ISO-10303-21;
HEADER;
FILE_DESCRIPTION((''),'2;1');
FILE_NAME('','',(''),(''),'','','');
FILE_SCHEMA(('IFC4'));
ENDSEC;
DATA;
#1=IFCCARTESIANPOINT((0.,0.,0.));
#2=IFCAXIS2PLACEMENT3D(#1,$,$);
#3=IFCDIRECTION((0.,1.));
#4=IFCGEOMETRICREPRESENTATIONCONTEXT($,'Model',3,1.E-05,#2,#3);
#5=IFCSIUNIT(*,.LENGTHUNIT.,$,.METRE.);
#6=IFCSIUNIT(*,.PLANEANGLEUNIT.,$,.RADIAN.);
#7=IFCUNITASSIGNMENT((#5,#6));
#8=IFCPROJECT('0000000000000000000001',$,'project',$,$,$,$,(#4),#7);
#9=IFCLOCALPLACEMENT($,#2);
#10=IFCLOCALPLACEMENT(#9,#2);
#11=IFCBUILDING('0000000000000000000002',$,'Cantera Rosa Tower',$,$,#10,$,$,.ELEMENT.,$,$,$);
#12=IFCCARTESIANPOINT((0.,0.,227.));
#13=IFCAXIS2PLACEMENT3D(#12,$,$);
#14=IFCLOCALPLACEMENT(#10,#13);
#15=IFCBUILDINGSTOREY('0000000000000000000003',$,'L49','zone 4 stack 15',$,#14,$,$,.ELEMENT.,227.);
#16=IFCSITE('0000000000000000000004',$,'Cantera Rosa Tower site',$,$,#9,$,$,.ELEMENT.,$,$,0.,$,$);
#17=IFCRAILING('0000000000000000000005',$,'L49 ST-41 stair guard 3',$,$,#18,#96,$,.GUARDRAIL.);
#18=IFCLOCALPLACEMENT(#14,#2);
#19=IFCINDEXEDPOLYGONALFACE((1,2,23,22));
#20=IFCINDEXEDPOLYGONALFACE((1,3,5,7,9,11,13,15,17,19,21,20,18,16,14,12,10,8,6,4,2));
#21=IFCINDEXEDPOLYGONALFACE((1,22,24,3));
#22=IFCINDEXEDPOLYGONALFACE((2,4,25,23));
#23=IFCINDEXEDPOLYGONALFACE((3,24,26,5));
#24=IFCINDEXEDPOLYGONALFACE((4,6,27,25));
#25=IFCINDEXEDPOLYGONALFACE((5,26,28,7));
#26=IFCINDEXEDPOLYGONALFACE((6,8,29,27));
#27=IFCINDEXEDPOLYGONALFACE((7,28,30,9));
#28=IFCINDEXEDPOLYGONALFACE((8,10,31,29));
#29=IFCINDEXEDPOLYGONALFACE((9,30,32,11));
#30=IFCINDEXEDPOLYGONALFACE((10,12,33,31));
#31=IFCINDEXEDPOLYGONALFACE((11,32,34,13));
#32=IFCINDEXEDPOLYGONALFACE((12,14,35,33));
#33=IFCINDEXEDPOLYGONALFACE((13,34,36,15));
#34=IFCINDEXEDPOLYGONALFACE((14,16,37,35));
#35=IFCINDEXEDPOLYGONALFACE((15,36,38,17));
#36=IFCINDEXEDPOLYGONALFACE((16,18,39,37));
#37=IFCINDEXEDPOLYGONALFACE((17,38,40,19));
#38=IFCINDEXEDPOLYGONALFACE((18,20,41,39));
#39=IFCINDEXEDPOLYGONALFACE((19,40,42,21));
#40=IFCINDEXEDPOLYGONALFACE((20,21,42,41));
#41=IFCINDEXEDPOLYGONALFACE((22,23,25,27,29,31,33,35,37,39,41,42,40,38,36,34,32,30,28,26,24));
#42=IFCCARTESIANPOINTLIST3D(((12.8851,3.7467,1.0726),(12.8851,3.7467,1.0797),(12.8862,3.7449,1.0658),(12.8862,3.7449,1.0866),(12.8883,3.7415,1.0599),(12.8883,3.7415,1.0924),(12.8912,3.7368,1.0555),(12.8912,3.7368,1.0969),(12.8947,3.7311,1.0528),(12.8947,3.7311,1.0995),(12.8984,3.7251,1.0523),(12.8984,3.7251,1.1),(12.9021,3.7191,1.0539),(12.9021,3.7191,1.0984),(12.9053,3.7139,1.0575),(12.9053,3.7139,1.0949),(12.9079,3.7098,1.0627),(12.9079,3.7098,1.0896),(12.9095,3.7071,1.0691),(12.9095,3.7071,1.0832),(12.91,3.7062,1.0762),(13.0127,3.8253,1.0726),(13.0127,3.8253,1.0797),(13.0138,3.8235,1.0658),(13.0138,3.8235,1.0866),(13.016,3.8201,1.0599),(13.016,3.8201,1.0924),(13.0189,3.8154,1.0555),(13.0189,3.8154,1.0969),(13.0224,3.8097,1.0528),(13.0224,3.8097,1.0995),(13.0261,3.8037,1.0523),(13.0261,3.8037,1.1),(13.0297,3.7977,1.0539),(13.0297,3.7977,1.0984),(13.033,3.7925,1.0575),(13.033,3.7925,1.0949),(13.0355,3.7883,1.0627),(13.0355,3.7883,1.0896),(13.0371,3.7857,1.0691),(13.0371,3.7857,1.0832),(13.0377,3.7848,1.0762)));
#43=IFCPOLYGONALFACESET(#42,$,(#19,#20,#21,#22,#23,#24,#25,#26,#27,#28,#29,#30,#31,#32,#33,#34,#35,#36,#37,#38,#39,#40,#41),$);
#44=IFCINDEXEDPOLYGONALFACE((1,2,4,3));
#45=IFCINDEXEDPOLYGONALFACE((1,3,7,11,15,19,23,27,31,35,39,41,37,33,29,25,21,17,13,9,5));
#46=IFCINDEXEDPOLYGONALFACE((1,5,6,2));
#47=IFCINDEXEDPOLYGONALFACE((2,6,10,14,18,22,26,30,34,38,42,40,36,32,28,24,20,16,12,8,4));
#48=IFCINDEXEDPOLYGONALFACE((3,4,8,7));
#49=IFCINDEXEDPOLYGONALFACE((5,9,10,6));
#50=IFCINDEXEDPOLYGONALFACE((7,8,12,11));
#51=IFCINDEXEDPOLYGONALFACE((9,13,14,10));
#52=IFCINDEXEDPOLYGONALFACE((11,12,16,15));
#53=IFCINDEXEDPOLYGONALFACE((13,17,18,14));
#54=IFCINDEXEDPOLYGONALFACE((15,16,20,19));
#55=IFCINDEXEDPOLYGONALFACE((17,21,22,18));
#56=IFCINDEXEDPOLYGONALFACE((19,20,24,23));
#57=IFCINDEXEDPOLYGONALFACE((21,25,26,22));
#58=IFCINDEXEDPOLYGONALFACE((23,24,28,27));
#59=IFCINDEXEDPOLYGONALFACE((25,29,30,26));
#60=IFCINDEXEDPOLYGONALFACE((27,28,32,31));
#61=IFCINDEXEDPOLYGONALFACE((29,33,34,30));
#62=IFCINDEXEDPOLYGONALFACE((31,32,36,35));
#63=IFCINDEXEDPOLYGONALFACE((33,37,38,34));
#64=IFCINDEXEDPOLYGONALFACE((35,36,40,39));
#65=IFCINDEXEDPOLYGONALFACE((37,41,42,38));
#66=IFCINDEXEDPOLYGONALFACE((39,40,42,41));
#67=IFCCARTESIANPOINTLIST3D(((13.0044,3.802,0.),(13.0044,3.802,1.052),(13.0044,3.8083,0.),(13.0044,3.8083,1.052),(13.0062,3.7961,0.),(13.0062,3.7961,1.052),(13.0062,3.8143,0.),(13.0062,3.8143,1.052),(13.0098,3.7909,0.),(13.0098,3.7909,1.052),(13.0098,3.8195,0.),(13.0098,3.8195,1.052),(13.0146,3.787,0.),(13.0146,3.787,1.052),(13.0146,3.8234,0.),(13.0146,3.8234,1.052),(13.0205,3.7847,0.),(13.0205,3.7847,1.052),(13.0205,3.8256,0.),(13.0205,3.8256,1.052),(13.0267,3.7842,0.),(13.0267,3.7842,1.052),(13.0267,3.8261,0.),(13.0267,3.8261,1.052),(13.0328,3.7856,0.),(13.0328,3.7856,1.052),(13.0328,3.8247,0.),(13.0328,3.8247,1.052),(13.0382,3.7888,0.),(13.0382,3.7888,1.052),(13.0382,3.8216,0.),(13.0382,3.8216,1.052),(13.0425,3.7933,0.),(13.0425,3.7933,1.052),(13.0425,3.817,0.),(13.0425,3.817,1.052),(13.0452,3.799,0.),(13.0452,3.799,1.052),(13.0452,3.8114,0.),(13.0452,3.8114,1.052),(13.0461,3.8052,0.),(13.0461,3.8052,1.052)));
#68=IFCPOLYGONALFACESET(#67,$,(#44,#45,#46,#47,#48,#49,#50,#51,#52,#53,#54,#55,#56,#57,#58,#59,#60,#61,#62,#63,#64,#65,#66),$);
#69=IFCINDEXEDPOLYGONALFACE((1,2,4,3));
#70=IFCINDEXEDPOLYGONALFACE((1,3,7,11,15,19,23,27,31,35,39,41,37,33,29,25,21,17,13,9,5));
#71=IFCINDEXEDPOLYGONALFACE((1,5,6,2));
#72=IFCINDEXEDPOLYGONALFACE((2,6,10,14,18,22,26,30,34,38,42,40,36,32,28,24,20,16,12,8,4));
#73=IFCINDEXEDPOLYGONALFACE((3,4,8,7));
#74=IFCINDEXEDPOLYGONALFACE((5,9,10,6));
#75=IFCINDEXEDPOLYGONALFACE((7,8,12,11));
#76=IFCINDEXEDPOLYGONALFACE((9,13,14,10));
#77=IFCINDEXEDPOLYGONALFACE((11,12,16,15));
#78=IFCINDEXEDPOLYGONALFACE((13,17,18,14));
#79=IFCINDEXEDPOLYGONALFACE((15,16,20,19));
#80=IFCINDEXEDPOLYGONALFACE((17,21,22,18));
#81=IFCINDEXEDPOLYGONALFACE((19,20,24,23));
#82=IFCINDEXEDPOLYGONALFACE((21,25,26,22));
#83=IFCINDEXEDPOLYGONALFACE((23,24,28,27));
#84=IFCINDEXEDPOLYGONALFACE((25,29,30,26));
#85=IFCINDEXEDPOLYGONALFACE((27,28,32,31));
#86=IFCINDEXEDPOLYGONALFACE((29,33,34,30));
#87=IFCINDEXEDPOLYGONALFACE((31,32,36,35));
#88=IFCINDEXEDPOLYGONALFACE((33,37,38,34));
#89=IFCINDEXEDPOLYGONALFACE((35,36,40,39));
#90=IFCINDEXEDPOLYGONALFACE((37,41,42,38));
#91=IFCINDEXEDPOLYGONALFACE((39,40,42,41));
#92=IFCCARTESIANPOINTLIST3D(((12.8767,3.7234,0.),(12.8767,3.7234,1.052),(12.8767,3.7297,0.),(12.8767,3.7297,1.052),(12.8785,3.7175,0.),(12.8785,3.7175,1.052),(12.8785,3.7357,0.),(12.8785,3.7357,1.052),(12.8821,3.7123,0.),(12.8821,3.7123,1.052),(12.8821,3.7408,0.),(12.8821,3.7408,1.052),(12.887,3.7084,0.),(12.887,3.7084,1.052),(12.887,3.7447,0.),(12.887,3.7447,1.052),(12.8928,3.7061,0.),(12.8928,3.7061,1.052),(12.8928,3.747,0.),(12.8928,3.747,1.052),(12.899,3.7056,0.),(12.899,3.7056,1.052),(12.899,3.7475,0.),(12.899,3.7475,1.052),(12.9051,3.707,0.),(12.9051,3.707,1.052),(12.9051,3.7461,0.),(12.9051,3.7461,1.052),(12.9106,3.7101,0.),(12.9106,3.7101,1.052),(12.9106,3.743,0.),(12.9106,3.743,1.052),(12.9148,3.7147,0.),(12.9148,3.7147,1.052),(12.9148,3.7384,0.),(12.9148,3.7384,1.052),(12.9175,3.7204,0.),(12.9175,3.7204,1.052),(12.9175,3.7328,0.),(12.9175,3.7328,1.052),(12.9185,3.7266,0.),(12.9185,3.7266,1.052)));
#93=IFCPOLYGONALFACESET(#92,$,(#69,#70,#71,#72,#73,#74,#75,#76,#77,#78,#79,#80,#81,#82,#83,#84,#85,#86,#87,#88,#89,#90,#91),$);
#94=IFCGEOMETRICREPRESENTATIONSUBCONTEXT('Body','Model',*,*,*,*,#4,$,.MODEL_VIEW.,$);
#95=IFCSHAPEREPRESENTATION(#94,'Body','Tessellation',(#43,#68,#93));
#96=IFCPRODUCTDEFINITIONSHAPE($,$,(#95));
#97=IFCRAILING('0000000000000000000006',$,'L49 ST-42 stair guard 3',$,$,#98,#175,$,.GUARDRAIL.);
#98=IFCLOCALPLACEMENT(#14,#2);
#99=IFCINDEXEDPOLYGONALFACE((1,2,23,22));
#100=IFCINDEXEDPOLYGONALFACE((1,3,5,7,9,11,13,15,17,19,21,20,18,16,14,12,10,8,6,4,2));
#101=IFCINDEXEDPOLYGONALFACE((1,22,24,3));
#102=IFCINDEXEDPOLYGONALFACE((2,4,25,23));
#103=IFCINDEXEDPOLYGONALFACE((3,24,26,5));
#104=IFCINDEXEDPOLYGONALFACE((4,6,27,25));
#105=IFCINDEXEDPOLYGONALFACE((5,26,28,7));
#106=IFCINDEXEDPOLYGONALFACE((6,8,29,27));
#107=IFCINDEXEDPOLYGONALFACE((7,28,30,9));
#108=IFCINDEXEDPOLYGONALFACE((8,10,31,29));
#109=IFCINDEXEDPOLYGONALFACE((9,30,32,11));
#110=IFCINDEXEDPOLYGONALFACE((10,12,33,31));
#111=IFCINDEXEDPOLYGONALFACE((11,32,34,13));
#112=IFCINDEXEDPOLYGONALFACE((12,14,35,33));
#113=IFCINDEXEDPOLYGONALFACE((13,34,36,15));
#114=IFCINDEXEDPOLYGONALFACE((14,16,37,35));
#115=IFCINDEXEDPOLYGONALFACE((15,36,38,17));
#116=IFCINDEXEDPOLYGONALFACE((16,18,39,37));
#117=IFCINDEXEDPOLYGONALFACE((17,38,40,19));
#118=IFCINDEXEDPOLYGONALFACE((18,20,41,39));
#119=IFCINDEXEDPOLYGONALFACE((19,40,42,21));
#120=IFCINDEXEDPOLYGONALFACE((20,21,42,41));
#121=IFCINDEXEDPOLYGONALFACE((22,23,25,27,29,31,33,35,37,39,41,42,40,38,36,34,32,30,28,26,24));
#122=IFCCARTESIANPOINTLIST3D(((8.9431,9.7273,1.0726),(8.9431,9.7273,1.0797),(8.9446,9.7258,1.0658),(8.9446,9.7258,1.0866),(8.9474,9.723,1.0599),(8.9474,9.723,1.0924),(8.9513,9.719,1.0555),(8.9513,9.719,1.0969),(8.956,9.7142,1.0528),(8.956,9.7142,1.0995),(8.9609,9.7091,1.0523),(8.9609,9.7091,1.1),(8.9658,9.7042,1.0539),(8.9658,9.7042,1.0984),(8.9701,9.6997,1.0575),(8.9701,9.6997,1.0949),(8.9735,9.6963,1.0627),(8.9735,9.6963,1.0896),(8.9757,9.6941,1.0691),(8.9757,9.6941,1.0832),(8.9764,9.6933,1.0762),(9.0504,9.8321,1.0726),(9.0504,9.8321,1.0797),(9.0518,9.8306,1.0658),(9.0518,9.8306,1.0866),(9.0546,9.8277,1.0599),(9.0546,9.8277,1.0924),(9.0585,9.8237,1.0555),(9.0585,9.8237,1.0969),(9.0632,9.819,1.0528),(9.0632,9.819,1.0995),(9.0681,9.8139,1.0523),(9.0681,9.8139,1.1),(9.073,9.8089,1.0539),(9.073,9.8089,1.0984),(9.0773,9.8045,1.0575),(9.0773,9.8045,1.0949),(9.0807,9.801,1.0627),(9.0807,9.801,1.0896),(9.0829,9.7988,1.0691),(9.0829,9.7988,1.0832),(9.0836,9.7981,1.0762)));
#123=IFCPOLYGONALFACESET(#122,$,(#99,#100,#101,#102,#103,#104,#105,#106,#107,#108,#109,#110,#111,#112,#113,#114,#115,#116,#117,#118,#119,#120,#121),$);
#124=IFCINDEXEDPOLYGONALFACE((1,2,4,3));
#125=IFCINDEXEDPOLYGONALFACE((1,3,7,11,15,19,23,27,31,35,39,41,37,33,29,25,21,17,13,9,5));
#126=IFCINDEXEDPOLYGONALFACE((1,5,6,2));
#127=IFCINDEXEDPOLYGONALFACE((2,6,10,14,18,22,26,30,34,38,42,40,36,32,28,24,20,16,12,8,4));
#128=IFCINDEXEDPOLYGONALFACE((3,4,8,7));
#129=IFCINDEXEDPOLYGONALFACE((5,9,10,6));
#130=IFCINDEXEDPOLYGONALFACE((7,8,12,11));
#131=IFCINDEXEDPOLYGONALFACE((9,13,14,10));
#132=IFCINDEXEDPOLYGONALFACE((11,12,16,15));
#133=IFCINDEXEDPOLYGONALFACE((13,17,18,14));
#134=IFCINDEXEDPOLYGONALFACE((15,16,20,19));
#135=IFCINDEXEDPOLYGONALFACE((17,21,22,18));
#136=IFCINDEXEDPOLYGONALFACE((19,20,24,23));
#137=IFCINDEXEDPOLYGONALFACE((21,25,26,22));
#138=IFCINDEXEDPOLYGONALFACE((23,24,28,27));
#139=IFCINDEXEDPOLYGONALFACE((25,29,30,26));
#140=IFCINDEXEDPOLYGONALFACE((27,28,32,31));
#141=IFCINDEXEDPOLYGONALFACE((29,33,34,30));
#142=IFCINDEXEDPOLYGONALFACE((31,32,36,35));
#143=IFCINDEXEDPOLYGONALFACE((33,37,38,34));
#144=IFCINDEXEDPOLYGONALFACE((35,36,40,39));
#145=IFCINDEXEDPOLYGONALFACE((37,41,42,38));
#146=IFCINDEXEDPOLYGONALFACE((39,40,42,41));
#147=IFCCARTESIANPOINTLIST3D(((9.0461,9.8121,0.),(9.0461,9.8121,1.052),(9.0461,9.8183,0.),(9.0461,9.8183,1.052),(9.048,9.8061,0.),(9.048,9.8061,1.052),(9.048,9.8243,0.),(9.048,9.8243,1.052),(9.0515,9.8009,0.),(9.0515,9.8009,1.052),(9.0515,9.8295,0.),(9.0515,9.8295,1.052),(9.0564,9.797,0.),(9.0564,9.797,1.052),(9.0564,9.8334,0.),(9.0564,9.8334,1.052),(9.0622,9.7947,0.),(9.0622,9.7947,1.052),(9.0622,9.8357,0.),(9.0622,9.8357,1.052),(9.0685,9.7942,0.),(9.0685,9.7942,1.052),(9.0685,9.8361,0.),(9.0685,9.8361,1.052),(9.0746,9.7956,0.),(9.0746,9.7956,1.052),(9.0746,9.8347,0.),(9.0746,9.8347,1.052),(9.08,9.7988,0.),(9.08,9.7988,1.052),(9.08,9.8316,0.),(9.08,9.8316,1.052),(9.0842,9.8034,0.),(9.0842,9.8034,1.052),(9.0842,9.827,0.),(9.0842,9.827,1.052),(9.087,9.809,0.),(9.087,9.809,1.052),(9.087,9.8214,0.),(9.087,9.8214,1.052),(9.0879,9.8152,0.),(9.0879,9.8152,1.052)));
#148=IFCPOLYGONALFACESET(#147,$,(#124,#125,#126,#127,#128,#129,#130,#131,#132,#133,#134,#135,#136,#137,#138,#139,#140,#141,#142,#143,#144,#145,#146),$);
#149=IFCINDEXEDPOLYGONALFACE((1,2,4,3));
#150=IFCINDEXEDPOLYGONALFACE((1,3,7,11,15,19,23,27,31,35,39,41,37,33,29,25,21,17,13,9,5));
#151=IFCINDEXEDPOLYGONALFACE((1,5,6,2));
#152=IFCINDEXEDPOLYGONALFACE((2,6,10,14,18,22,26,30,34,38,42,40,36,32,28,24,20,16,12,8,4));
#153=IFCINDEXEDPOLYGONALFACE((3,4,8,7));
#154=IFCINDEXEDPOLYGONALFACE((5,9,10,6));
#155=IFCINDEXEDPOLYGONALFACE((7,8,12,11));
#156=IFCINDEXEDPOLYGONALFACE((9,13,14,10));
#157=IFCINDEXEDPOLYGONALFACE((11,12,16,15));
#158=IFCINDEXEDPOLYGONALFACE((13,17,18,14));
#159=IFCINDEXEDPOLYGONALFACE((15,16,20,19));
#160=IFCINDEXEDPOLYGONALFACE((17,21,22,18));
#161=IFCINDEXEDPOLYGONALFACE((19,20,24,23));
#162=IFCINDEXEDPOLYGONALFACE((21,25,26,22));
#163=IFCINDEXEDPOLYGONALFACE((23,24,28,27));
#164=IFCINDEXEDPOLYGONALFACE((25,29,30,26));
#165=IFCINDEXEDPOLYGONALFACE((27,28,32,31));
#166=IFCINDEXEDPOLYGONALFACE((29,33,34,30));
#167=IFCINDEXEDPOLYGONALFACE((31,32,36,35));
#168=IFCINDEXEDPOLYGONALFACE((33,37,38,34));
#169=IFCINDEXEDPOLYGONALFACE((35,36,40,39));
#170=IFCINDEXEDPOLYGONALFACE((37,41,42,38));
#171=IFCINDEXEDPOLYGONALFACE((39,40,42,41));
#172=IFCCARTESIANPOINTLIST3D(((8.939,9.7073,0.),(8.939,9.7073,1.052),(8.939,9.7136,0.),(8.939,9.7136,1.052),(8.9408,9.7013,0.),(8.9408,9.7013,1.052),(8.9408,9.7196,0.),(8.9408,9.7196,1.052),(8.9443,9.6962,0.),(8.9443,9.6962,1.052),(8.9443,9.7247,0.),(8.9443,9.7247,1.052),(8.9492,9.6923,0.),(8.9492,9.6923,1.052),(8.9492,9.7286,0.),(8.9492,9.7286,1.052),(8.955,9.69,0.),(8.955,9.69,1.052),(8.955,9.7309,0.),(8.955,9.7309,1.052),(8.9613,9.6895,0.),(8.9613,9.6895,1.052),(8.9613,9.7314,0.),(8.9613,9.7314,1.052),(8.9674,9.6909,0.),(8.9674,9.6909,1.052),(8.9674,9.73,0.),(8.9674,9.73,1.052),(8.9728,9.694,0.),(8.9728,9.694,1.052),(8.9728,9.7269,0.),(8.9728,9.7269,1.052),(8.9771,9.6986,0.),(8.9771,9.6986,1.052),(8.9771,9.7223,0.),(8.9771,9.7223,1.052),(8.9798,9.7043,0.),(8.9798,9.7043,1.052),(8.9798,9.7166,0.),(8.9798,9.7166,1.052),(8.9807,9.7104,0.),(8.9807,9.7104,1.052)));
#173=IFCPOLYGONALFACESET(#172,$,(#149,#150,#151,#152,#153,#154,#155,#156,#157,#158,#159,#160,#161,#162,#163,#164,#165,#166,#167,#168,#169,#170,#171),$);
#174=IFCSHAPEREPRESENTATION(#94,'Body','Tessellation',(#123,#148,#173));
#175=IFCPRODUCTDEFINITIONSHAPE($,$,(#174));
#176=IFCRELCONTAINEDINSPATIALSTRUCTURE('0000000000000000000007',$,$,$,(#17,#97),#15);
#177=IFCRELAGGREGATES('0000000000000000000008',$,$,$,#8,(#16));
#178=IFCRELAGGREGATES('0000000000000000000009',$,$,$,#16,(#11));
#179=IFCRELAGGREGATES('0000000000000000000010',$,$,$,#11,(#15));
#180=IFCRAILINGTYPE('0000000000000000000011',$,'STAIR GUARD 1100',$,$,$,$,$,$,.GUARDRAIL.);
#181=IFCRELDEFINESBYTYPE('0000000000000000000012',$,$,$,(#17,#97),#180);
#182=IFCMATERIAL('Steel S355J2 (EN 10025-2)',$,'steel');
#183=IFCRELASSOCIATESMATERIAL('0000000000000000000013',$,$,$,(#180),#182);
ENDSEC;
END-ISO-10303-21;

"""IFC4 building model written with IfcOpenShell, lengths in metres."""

from ifc_helpers import new_model, si_unit, direction, frame, origin, origin_2d, place, context, subcontext, project, spatial, circle, extrude, material, type_object, element, save


model = new_model("IFC4")

# Units and contexts
model_context = context("Model", 3, precision=1e-05, world=origin(), true_north=direction((0.0, 1.0)))
body_context = subcontext(model_context, "Body", "Model", "MODEL_VIEW")
ifc_project = project(units=[si_unit("LENGTHUNIT", "METRE"), si_unit("PLANEANGLEUNIT", "RADIAN")], contexts=[model_context])

# Site, building, storey
site_placement = place(None, origin())
site = spatial("IfcSite", under=ifc_project, at=site_placement, Name="Cantera Rosa Tower site", CompositionType="ELEMENT", RefElevation=0.0)
building_placement = place(site_placement, origin())
building = spatial("IfcBuilding", under=site, at=building_placement, Name="Cantera Rosa Tower", CompositionType="ELEMENT")
storey_placement = place(building_placement, frame((0.0, 0.0, 227.0)))
storey = spatial("IfcBuildingStorey", under=building, at=storey_placement, Name="L49", Description="zone 4 stack 15", CompositionType="ELEMENT", Elevation=227.0)

# Railings
ifc_material_1 = material(Name="Steel S355J2 (EN 10025-2)", Category="steel")
railing_type_1 = type_object("IfcRailingType", Name="STAIR GUARD 1100", PredefinedType="GUARDRAIL", material=ifc_material_1)
railing_1_placement = place(storey_placement, frame((13.0251, 3.8052, 0.0)))
element("IfcRailing", 1, at=railing_1_placement, inside=storey, type_object=railing_type_1, Name="L49 ST-41 stair guard 3", PredefinedType="GUARDRAIL", context=body_context, shape_type="SweptSolid", body=[
    extrude(circle(Radius=0.0239, at=origin_2d()), frame((0.0, 0.0, 1.0762), z_axis=(-0.851546, -0.524279, 0.0), x_axis=(0.524279, -0.851546, 0.0)), (0.0, 0.0, 1.0), 0.1499),
    extrude(circle(Radius=0.021, at=origin_2d()), origin(), (0.0, 0.0, 1.0), 1.052),
    extrude(circle(Radius=0.021, at=origin_2d()), frame((-0.1277, -0.0786, 0.0)), (0.0, 0.0, 1.0), 1.052),
])
railing_2_placement = place(storey_placement, frame((9.0669, 9.8152, 0.0)))
element("IfcRailing", 2, at=railing_2_placement, inside=storey, type_object=railing_type_1, Name="L49 ST-42 stair guard 3", PredefinedType="GUARDRAIL", context=body_context, shape_type="SweptSolid", body=[
    extrude(circle(Radius=0.0239, at=origin_2d()), frame((0.0, 0.0, 1.0762), z_axis=(-0.715206, -0.698914, 0.0), x_axis=(0.698914, -0.715206, 0.0)), (0.0, 0.0, 1.0), 0.1499),
    extrude(circle(Radius=0.021, at=origin_2d()), origin(), (0.0, 0.0, 1.0), 1.052),
    extrude(circle(Radius=0.021, at=origin_2d()), frame((-0.1072, -0.1047, 0.0)), (0.0, 0.0, 1.0), 1.052),
])

save(model, "model.ifc")
